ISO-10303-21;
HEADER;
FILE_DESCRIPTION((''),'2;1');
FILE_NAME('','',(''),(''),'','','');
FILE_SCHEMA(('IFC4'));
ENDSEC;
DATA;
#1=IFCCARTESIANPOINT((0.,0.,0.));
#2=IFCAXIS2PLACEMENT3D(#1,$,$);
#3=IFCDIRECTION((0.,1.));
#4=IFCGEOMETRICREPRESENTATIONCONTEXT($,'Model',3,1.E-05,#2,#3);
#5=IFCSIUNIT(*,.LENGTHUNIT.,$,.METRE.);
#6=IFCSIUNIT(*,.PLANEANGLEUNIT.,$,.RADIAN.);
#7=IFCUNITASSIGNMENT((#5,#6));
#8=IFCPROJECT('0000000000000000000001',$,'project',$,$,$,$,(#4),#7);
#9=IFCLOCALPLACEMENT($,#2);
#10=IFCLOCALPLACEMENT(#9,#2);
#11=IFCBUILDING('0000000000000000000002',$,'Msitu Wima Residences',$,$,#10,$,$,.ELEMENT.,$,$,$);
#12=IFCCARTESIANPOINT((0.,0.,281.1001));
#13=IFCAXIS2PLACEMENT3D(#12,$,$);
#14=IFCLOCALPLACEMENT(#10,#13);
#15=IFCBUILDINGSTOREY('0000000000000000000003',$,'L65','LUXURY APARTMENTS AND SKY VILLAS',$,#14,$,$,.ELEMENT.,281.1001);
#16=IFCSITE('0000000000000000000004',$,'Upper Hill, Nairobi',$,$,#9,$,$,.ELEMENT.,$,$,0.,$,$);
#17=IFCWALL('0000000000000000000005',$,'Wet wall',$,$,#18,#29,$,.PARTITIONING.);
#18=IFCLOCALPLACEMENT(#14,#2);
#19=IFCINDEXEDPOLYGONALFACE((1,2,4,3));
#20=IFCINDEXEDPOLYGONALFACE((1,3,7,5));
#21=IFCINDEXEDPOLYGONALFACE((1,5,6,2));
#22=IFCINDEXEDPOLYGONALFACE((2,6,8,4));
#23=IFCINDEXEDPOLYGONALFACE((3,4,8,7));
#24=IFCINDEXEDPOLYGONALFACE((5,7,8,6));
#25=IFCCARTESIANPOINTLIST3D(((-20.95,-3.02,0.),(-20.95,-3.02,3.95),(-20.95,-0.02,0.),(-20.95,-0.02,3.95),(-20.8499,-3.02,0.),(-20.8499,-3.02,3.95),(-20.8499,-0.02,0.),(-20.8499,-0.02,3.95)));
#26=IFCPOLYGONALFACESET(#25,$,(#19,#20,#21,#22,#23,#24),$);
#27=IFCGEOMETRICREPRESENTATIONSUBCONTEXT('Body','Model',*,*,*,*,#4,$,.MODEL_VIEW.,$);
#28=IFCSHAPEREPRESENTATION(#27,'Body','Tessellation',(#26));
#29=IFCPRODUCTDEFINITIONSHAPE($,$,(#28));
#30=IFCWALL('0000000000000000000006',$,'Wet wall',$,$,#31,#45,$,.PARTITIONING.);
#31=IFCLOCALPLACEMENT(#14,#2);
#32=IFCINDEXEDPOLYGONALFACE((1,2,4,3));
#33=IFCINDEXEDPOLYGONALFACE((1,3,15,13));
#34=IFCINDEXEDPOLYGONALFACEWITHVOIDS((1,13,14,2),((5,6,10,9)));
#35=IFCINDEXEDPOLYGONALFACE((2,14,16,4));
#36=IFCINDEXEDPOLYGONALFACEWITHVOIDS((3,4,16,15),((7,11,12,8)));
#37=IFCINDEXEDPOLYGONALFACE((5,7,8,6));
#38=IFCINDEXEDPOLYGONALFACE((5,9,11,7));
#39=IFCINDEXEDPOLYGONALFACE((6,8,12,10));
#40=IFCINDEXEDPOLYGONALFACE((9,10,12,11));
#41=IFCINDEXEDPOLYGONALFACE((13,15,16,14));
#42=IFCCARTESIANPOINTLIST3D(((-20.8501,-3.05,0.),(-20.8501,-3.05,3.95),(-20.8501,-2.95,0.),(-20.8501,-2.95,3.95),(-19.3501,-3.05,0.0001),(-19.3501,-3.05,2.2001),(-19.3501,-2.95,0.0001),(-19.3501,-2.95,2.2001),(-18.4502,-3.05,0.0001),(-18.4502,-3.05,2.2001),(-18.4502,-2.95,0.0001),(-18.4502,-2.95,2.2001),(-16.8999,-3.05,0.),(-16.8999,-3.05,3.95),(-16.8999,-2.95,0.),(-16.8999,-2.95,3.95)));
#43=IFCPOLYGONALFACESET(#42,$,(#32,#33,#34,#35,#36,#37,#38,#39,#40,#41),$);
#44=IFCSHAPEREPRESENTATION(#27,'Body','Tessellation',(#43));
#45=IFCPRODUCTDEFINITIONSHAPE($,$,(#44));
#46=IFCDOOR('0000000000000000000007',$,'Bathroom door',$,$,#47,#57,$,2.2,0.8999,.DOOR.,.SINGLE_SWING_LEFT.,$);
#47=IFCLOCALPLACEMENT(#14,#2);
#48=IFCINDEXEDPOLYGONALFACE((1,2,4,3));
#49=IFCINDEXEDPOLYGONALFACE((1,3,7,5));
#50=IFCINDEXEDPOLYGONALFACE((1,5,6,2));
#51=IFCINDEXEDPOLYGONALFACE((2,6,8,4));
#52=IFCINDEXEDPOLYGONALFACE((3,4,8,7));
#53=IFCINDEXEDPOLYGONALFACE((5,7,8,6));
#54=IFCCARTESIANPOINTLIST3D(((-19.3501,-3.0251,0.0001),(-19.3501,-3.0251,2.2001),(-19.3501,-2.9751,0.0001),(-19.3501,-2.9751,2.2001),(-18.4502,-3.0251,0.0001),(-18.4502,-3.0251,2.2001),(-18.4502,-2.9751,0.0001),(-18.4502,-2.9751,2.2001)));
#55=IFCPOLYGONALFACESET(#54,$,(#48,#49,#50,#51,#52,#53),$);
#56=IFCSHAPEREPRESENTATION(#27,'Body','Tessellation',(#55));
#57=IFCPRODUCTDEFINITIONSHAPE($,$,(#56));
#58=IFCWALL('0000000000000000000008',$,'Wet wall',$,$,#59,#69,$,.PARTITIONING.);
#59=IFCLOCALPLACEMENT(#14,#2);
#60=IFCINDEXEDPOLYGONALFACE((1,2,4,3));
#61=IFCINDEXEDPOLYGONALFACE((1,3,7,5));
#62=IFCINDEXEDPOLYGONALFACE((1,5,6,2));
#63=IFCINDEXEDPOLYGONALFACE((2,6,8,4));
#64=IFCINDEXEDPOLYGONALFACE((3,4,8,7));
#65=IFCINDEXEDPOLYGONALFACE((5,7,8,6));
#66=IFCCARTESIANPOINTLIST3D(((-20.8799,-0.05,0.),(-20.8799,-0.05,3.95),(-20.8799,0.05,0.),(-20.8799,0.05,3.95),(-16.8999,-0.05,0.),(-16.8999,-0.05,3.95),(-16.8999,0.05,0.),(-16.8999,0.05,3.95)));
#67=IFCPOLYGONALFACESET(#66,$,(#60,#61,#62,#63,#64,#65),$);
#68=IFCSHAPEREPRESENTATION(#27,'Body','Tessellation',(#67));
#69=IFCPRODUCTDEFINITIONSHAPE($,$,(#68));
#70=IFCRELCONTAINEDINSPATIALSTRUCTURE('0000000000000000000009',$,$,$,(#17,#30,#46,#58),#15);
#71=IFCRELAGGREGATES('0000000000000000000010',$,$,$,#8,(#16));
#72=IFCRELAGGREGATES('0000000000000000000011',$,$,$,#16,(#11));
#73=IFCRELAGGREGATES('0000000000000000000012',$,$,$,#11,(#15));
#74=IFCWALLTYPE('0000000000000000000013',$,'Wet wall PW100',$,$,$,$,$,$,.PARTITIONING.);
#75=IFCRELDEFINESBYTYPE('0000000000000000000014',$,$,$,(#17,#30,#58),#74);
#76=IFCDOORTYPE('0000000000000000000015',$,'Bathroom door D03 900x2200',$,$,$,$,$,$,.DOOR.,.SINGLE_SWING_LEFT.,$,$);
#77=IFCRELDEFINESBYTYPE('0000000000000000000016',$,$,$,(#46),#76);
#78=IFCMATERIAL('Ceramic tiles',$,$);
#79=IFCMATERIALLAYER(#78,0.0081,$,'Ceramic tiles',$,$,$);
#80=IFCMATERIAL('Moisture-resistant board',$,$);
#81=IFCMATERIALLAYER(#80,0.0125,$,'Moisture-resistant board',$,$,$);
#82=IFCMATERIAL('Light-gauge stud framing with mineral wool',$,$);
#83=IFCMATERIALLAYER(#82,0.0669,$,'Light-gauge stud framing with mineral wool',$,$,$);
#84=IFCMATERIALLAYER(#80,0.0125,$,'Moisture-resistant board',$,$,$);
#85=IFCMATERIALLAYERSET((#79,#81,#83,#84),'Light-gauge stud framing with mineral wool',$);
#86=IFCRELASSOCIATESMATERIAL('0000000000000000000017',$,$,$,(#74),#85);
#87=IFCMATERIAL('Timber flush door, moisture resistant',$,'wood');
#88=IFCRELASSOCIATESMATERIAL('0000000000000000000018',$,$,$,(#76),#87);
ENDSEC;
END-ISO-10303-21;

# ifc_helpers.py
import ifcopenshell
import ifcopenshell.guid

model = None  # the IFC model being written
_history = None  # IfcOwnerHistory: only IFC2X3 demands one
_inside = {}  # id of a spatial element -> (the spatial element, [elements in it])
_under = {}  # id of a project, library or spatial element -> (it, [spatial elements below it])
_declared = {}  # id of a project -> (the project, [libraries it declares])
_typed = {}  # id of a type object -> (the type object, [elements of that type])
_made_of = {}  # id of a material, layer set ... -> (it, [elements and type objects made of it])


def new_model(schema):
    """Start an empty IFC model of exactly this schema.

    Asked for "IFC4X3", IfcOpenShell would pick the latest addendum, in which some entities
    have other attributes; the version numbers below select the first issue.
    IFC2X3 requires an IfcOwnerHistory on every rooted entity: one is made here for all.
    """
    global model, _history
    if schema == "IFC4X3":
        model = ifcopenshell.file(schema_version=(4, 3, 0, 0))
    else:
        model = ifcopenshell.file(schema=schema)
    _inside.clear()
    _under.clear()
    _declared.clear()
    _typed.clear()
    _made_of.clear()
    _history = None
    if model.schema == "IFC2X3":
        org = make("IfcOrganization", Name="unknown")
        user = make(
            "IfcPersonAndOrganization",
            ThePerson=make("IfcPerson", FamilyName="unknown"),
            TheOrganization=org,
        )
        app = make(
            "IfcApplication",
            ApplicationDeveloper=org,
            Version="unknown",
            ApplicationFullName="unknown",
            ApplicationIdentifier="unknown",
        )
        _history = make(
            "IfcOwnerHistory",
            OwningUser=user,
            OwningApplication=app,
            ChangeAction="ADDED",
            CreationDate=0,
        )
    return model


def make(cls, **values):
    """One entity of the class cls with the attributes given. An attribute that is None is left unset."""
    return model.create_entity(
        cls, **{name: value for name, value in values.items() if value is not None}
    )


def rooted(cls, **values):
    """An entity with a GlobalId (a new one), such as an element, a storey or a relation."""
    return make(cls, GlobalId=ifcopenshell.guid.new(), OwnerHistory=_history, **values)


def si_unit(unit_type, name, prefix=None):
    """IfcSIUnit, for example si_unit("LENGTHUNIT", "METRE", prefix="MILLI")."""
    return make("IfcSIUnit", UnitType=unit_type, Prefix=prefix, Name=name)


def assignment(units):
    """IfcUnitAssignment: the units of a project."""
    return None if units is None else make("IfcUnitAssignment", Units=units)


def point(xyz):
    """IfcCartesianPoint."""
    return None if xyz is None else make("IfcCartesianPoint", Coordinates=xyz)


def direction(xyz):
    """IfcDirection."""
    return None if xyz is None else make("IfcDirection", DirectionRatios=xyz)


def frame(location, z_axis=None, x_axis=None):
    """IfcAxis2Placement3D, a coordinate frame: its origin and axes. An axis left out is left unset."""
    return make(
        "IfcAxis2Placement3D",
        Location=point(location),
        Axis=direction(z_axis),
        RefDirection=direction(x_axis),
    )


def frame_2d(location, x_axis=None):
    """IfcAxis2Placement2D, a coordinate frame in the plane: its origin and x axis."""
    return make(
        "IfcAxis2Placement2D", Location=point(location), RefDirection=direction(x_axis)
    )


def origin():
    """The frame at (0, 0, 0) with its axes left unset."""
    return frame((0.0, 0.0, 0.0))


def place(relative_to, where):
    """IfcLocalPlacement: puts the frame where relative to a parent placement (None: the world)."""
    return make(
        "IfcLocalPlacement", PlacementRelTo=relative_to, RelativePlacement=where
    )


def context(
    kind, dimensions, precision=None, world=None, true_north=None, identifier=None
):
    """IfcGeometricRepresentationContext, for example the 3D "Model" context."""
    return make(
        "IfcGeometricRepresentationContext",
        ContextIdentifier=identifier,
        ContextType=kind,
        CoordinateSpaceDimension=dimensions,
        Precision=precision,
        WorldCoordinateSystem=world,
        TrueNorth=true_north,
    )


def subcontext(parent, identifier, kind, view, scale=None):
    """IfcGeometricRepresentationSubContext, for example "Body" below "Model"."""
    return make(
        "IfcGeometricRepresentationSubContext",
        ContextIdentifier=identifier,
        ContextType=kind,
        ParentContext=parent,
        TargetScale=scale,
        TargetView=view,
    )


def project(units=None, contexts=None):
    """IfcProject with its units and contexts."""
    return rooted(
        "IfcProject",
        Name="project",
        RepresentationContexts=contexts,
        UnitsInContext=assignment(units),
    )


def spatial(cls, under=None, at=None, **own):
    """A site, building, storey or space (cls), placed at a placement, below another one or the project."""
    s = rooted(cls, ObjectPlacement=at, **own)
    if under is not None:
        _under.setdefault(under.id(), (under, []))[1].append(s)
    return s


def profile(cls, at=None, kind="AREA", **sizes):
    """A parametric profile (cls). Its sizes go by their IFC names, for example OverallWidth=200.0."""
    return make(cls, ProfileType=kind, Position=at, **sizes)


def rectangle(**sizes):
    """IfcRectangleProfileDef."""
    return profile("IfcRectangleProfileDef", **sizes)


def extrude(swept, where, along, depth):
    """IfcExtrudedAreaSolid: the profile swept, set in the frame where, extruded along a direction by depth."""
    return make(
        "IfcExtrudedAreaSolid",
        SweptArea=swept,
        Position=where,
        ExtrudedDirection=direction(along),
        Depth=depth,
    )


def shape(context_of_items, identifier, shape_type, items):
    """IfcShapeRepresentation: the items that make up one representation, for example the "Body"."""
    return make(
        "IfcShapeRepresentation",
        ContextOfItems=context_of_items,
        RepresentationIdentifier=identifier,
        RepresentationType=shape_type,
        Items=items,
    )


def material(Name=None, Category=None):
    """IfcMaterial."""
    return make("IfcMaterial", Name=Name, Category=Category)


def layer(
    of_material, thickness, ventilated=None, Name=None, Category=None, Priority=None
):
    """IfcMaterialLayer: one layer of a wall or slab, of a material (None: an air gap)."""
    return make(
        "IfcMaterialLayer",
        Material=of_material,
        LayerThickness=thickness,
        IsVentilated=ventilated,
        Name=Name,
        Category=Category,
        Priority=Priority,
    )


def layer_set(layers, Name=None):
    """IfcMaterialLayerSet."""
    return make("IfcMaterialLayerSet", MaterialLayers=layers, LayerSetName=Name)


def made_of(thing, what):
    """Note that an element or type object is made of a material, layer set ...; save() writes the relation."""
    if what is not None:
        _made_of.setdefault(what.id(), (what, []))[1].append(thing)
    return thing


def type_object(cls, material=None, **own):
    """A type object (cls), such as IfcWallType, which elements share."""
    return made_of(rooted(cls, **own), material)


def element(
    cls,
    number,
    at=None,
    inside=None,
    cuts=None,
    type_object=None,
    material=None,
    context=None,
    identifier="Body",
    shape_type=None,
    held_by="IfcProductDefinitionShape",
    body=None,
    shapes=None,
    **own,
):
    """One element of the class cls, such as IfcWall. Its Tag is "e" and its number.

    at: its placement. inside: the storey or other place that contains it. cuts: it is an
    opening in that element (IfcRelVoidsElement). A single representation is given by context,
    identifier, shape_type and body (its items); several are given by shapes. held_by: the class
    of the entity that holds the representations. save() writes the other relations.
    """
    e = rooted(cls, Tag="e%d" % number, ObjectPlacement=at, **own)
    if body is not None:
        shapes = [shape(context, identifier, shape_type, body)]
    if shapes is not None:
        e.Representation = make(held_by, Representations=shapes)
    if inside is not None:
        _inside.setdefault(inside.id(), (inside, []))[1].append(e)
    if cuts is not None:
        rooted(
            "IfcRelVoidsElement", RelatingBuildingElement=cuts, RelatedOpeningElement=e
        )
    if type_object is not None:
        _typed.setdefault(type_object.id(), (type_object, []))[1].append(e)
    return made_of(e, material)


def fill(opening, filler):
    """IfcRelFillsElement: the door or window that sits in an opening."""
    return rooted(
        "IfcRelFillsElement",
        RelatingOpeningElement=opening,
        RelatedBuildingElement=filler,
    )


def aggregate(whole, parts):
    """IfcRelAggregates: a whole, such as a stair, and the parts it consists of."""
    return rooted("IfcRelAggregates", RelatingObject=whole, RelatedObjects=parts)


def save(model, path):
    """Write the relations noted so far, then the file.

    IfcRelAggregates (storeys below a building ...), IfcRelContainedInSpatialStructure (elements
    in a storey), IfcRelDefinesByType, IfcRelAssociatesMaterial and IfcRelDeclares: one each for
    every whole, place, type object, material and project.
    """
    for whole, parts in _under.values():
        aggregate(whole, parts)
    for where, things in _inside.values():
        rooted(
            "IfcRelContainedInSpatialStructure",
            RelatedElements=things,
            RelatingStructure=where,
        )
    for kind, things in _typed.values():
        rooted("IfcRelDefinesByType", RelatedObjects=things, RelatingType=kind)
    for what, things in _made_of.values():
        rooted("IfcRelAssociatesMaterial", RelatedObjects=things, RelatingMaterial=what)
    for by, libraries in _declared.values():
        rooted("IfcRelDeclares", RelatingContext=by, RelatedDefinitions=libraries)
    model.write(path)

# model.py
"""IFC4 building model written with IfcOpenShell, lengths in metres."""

from ifc_helpers import new_model, si_unit, direction, frame, frame_2d, origin, place, context, subcontext, project, spatial, rectangle, extrude, material, layer, layer_set, type_object, element, fill, save


model = new_model("IFC4")

# Units and contexts
model_context = context("Model", 3, precision=1e-05, world=origin(), true_north=direction((0.0, 1.0)))
body_context = subcontext(model_context, "Body", "Model", "MODEL_VIEW")
ifc_project = project(units=[si_unit("LENGTHUNIT", "METRE"), si_unit("PLANEANGLEUNIT", "RADIAN")], contexts=[model_context])

# Site, building, storey
site_placement = place(None, origin())
site = spatial("IfcSite", under=ifc_project, at=site_placement, Name="Upper Hill, Nairobi", CompositionType="ELEMENT", RefElevation=0.0)
building_placement = place(site_placement, origin())
building = spatial("IfcBuilding", under=site, at=building_placement, Name="Msitu Wima Residences", CompositionType="ELEMENT")
storey_placement = place(building_placement, frame((0.0, 0.0, 281.1001)))
storey = spatial("IfcBuildingStorey", under=building, at=storey_placement, Name="L65", Description="LUXURY APARTMENTS AND SKY VILLAS", CompositionType="ELEMENT", Elevation=281.1001)

# Wall
ifc_material_1 = material(Name="Ceramic tiles")
ifc_layer_1 = layer(ifc_material_1, 0.0081, Name="Ceramic tiles")
ifc_material_2 = material(Name="Moisture-resistant board")
ifc_layer_2 = layer(ifc_material_2, 0.0125, Name="Moisture-resistant board")
ifc_material_3 = material(Name="Light-gauge stud framing with mineral wool")
ifc_layer_3 = layer(ifc_material_3, 0.0669, Name="Light-gauge stud framing with mineral wool")
ifc_layer_4 = layer(ifc_material_2, 0.0125, Name="Moisture-resistant board")
ifc_layer_set_1 = layer_set([ifc_layer_1, ifc_layer_2, ifc_layer_3, ifc_layer_4], Name="Light-gauge stud framing with mineral wool")
wall_type_1 = type_object("IfcWallType", Name="Wet wall PW100", PredefinedType="PARTITIONING", material=ifc_layer_set_1)
wall_1_placement = place(storey_placement, frame((-20.8999, -3.02, 0.0), z_axis=(0.0, 0.0, 1.0), x_axis=(0.0, 1.0, 0.0)))
element("IfcWall", 1, at=wall_1_placement, inside=storey, type_object=wall_type_1, Name="Wet wall", PredefinedType="PARTITIONING", context=body_context, shape_type="SweptSolid", body=[
    extrude(rectangle(XDim=3.0, YDim=0.1001, at=frame_2d((1.5, 0.0))), origin(), (0.0, 0.0, 1.0), 3.95),
])

# Wall, opening, door
wall_2_placement = place(storey_placement, frame((-20.8501, -3.0, 0.0), z_axis=(0.0, 0.0, 1.0), x_axis=(1.0, 0.0, 0.0)))
wall_2 = element("IfcWall", 2, at=wall_2_placement, inside=storey, type_object=wall_type_1, Name="Wet wall", PredefinedType="PARTITIONING", context=body_context, shape_type="SweptSolid", body=[
    extrude(rectangle(XDim=3.9502, YDim=0.1001, at=frame_2d((1.9751, 0.0))), origin(), (0.0, 0.0, 1.0), 3.95),
])
opening_1_placement = place(wall_2_placement, frame((1.5, 0.0, 0.0)))
opening_1 = element("IfcOpeningElement", 3, at=opening_1_placement, cuts=wall_2, PredefinedType="OPENING", context=body_context, shape_type="SweptSolid", body=[
    extrude(rectangle(XDim=0.8999, YDim=2.2, at=frame_2d((0.45, 1.1001))), frame((0.0, 0.0601, 0.0), z_axis=(0.0, -1.0, 0.0), x_axis=(1.0, 0.0, 0.0)), (0.0, 0.0, 1.0), 0.1201),
])
ifc_material_4 = material(Name="Timber flush door, moisture resistant", Category="wood")
door_type_1 = type_object("IfcDoorType", Name="Bathroom door D03 900x2200", OperationType="SINGLE_SWING_LEFT", PredefinedType="DOOR", material=ifc_material_4)
door_1_placement = place(opening_1_placement, origin())
door_1 = element("IfcDoor", 4, at=door_1_placement, inside=storey, type_object=door_type_1, Name="Bathroom door", OperationType="SINGLE_SWING_LEFT", OverallHeight=2.2, OverallWidth=0.8999, PredefinedType="DOOR", context=body_context, shape_type="SweptSolid", body=[
    extrude(rectangle(XDim=0.8999, YDim=2.2, at=frame_2d((0.45, 1.1001))), frame((0.0, 0.0249, 0.0), z_axis=(0.0, -1.0, 0.0), x_axis=(1.0, 0.0, 0.0)), (0.0, 0.0, 1.0), 0.05),
])
fill(opening_1, door_1)

# Wall
wall_3_placement = place(storey_placement, frame((-20.8799, 0.0, 0.0), z_axis=(0.0, 0.0, 1.0), x_axis=(1.0, 0.0, 0.0)))
element("IfcWall", 5, at=wall_3_placement, inside=storey, type_object=wall_type_1, Name="Wet wall", PredefinedType="PARTITIONING", context=body_context, shape_type="SweptSolid", body=[
    extrude(rectangle(XDim=3.98, YDim=0.1001, at=frame_2d((1.99, 0.0))), origin(), (0.0, 0.0, 1.0), 3.95),
])

save(model, "model.ifc")
